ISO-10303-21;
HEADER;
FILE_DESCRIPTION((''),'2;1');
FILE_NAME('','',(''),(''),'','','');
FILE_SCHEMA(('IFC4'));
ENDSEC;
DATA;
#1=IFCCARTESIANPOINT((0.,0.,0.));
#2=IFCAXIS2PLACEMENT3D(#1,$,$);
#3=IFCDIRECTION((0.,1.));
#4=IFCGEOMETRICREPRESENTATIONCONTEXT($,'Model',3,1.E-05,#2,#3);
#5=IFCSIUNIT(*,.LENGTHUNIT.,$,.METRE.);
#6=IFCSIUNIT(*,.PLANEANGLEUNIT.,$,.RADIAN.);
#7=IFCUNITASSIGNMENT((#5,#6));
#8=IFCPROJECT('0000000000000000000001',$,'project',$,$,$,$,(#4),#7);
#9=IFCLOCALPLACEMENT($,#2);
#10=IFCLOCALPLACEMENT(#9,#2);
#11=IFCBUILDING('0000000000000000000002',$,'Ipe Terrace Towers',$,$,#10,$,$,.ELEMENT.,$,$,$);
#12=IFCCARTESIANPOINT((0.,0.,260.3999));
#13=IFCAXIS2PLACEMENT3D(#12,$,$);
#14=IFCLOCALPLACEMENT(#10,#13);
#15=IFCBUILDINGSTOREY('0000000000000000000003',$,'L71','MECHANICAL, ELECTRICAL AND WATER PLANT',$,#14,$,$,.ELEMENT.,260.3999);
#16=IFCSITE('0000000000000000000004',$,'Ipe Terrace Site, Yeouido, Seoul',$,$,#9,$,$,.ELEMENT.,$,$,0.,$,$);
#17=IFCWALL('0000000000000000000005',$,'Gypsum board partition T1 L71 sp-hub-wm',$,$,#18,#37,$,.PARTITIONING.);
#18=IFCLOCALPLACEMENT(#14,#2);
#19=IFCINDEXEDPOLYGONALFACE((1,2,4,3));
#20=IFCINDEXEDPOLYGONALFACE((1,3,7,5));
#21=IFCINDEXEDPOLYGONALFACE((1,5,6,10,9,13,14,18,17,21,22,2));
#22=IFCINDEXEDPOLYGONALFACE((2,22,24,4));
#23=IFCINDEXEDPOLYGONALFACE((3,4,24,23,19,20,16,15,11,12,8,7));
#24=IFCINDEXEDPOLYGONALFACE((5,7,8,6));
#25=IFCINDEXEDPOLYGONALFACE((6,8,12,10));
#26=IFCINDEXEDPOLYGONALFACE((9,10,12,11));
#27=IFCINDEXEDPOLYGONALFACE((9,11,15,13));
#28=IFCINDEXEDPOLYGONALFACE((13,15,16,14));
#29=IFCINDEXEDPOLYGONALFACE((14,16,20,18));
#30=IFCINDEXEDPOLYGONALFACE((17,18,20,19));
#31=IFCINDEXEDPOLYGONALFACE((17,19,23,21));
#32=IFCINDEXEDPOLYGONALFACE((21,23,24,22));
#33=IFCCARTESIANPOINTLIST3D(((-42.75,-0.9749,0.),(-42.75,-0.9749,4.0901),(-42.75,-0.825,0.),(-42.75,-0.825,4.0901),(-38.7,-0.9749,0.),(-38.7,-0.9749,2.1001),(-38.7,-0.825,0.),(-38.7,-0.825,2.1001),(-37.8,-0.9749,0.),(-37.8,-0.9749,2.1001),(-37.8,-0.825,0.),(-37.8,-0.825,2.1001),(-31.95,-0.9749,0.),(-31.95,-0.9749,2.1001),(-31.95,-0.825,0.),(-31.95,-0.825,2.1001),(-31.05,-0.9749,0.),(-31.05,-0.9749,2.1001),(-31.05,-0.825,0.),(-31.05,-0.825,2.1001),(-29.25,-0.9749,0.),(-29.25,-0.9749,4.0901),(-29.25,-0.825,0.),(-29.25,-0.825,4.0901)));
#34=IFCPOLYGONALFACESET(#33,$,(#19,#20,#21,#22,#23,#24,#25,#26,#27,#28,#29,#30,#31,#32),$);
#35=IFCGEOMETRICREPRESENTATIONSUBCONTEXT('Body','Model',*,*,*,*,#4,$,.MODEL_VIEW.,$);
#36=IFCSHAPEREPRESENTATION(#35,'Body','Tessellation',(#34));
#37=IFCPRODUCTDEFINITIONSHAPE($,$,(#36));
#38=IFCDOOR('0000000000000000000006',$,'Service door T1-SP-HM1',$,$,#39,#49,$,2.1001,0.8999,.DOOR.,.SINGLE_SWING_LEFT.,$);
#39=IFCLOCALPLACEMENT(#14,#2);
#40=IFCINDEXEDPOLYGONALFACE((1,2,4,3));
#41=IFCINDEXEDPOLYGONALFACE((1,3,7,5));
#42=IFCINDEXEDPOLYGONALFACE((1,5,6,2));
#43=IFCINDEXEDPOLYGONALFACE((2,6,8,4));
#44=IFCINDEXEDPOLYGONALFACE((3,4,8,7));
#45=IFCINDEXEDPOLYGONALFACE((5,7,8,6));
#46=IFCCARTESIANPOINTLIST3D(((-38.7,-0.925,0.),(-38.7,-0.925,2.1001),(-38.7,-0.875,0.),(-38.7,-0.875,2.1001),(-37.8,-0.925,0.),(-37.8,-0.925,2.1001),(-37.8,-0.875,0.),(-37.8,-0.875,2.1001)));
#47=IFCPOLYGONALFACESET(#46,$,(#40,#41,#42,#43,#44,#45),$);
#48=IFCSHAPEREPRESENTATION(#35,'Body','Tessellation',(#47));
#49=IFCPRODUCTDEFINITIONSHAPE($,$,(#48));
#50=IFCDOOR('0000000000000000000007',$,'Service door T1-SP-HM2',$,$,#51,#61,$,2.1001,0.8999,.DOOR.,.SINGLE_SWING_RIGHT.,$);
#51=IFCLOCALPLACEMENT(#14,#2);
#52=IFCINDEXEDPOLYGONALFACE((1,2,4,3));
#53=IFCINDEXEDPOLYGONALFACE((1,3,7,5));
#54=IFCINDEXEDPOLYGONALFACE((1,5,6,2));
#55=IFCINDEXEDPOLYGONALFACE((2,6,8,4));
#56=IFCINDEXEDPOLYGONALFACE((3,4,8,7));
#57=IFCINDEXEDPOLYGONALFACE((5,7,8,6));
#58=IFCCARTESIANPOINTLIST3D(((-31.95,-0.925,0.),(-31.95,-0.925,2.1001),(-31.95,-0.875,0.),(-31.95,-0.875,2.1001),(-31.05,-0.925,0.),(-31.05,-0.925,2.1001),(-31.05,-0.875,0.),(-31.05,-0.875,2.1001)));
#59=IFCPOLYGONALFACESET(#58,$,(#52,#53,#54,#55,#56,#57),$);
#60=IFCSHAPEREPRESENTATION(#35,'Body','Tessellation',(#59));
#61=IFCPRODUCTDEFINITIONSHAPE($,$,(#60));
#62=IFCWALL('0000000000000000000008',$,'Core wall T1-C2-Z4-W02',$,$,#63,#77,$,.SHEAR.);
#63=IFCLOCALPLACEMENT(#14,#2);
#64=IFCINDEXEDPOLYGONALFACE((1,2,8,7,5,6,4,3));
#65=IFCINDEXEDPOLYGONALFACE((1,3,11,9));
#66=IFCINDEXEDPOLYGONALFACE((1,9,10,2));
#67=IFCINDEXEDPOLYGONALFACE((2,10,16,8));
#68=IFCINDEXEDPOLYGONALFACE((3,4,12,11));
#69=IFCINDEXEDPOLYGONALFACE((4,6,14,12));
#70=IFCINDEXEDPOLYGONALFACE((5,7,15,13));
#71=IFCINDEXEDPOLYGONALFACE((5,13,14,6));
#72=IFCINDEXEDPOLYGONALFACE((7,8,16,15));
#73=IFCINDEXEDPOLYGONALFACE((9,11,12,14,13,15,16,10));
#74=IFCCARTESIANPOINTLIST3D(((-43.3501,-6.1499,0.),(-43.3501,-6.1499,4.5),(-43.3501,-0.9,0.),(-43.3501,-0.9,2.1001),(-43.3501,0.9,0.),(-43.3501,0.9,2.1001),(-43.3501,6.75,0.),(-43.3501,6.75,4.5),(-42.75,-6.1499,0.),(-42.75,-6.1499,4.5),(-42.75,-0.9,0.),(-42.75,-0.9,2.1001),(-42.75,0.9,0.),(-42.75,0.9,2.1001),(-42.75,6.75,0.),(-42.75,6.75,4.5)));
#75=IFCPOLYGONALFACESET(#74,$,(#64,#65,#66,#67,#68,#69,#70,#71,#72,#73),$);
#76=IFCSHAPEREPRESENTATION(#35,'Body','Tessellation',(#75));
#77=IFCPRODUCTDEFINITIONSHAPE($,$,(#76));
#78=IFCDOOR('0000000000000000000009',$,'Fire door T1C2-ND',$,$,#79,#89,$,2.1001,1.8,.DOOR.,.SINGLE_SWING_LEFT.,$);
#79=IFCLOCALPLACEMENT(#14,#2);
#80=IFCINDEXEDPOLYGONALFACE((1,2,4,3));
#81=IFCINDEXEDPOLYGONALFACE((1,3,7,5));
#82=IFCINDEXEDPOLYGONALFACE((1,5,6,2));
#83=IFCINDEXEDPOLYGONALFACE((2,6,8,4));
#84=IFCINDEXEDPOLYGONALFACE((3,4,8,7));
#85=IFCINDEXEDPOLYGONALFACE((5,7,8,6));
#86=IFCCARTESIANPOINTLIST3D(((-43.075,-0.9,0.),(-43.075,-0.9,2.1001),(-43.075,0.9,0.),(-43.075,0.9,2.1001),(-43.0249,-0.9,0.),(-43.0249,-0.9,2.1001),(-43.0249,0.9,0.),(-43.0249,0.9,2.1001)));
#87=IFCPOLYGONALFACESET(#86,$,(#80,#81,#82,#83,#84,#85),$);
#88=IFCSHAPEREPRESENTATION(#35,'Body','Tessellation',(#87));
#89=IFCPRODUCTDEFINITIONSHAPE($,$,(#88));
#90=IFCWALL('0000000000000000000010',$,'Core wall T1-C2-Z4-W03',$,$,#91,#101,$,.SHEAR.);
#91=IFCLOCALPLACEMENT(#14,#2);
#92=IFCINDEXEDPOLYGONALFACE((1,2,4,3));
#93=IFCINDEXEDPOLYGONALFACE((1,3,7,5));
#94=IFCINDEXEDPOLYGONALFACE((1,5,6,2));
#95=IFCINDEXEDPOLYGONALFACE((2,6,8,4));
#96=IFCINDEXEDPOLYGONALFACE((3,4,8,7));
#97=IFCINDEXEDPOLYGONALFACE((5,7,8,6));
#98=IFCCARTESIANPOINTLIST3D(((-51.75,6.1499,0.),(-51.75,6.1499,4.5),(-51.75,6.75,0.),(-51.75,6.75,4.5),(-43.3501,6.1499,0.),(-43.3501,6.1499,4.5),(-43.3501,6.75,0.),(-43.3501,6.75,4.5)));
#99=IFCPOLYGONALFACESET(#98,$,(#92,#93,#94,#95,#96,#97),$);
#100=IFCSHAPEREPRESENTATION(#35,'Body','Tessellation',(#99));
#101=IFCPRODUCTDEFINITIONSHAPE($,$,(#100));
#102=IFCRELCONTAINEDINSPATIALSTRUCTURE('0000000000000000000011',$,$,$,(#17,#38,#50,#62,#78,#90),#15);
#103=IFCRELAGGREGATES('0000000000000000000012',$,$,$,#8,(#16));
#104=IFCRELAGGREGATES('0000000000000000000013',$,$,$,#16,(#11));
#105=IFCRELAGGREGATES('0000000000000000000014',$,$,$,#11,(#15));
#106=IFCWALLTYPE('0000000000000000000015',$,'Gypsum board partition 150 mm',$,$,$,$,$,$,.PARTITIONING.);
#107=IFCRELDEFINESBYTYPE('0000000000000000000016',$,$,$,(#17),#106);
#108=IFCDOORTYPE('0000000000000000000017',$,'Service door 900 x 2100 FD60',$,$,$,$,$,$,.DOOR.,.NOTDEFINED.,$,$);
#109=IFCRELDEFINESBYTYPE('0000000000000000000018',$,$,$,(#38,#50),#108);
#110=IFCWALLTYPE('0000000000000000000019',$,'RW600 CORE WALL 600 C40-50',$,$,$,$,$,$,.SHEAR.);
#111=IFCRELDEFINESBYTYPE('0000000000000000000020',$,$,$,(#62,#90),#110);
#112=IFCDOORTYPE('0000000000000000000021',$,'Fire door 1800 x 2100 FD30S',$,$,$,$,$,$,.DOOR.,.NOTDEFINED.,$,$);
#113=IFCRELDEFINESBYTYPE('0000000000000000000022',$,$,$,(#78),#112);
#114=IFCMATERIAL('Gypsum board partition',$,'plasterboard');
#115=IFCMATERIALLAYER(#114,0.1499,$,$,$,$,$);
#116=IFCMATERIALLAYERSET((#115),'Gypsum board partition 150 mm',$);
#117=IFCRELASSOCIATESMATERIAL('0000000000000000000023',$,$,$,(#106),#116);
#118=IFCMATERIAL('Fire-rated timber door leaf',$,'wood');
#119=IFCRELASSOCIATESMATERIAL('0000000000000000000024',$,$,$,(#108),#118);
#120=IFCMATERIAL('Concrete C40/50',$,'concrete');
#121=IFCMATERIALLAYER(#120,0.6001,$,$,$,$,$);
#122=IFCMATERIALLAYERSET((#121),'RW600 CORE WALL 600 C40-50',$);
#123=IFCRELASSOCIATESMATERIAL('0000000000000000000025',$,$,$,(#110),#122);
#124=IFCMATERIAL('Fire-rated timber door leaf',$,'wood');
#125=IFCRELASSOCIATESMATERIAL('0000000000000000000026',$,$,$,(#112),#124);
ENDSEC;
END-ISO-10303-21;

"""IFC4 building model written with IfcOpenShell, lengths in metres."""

from ifc_helpers import new_model, si_unit, direction, frame, frame_2d, origin, place, context, subcontext, project, spatial, rectangle, extrude, material, layer, layer_set, type_object, element, fill, save


model = new_model("IFC4")

# Units and contexts
model_context = context("Model", 3, precision=1e-05, world=origin(), true_north=direction((0.0, 1.0)))
body_context = subcontext(model_context, "Body", "Model", "MODEL_VIEW")
ifc_project = project(units=[si_unit("LENGTHUNIT", "METRE"), si_unit("PLANEANGLEUNIT", "RADIAN")], contexts=[model_context])

# Site, building, storey
site_placement = place(None, origin())
site = spatial("IfcSite", under=ifc_project, at=site_placement, Name="Ipe Terrace Site, Yeouido, Seoul", CompositionType="ELEMENT", RefElevation=0.0)
building_placement = place(site_placement, origin())
building = spatial("IfcBuilding", under=site, at=building_placement, Name="Ipe Terrace Towers", CompositionType="ELEMENT")
storey_placement = place(building_placement, frame((0.0, 0.0, 260.3999)))
storey = spatial("IfcBuildingStorey", under=building, at=storey_placement, Name="L71", Description="MECHANICAL, ELECTRICAL AND WATER PLANT", CompositionType="ELEMENT", Elevation=260.3999)

# Wall, openings, doors
ifc_material_1 = material(Name="Gypsum board partition", Category="plasterboard")
ifc_layer_1 = layer(ifc_material_1, 0.1499)
ifc_layer_set_1 = layer_set([ifc_layer_1], Name="Gypsum board partition 150 mm")
wall_type_1 = type_object("IfcWallType", Name="Gypsum board partition 150 mm", PredefinedType="PARTITIONING", material=ifc_layer_set_1)
ifc_material_2 = material(Name="Fire-rated timber door leaf", Category="wood")
door_type_1 = type_object("IfcDoorType", Name="Service door 900 x 2100 FD60", OperationType="NOTDEFINED", PredefinedType="DOOR", material=ifc_material_2)
wall_1_placement = place(storey_placement, frame((-42.75, -0.8999, 0.0), z_axis=(0.0, 0.0, 1.0), x_axis=(1.0, 0.0, 0.0)))
wall_1 = element("IfcWall", 1, at=wall_1_placement, inside=storey, type_object=wall_type_1, Name="Gypsum board partition T1 L71 sp-hub-wm", PredefinedType="PARTITIONING", context=body_context, shape_type="SweptSolid", body=[
    extrude(rectangle(XDim=13.5, YDim=0.1499, at=frame_2d((6.75, 0.0))), origin(), (0.0, 0.0, 1.0), 4.0901),
])
opening_1_placement = place(wall_1_placement, frame((4.05, 0.0, 0.0)))
opening_1 = element("IfcOpeningElement", 2, at=opening_1_placement, cuts=wall_1, PredefinedType="OPENING", context=body_context, shape_type="SweptSolid", body=[
    extrude(rectangle(XDim=0.8999, YDim=2.1001, at=frame_2d((0.45, 1.05))), frame((0.0, 0.085, 0.0), z_axis=(0.0, -1.0, 0.0), x_axis=(1.0, 0.0, 0.0)), (0.0, 0.0, 1.0), 0.1699),
])
opening_2_placement = place(wall_1_placement, frame((10.8, 0.0, 0.0)))
opening_2 = element("IfcOpeningElement", 3, at=opening_2_placement, cuts=wall_1, PredefinedType="OPENING", context=body_context, shape_type="SweptSolid", body=[
    extrude(rectangle(XDim=0.8999, YDim=2.1001, at=frame_2d((0.45, 1.05))), frame((0.0, 0.085, 0.0), z_axis=(0.0, -1.0, 0.0), x_axis=(1.0, 0.0, 0.0)), (0.0, 0.0, 1.0), 0.1699),
])
door_1_placement = place(opening_1_placement, origin())
door_1 = element("IfcDoor", 4, at=door_1_placement, inside=storey, type_object=door_type_1, Name="Service door T1-SP-HM1", OperationType="SINGLE_SWING_LEFT", OverallHeight=2.1001, OverallWidth=0.8999, PredefinedType="DOOR", context=body_context, shape_type="SweptSolid", body=[
    extrude(rectangle(XDim=0.8999, YDim=2.1001, at=frame_2d((0.45, 1.05))), frame((0.0, 0.0249, 0.0), z_axis=(0.0, -1.0, 0.0), x_axis=(1.0, 0.0, 0.0)), (0.0, 0.0, 1.0), 0.05),
])
fill(opening_1, door_1)
door_2_placement = place(opening_2_placement, origin())
door_2 = element("IfcDoor", 5, at=door_2_placement, inside=storey, type_object=door_type_1, Name="Service door T1-SP-HM2", OperationType="SINGLE_SWING_RIGHT", OverallHeight=2.1001, OverallWidth=0.8999, PredefinedType="DOOR", context=body_context, shape_type="SweptSolid", body=[
    extrude(rectangle(XDim=0.8999, YDim=2.1001, at=frame_2d((0.45, 1.05))), frame((0.0, 0.0249, 0.0), z_axis=(0.0, -1.0, 0.0), x_axis=(1.0, 0.0, 0.0)), (0.0, 0.0, 1.0), 0.05),
])
fill(opening_2, door_2)

# Wall, opening, door
ifc_material_3 = material(Name="Concrete C40/50", Category="concrete")
ifc_layer_2 = layer(ifc_material_3, 0.6001)
ifc_layer_set_2 = layer_set([ifc_layer_2], Name="RW600 CORE WALL 600 C40-50")
wall_type_2 = type_object("IfcWallType", Name="RW600 CORE WALL 600 C40-50", PredefinedType="SHEAR", material=ifc_layer_set_2)
wall_2_placement = place(storey_placement, frame((-43.05, -6.1499, 0.0), z_axis=(0.0, 0.0, 1.0), x_axis=(0.0, 1.0, 0.0)))
wall_2 = element("IfcWall", 6, at=wall_2_placement, inside=storey, type_object=wall_type_2, Name="Core wall T1-C2-Z4-W02", PredefinedType="SHEAR", context=body_context, shape_type="SweptSolid", body=[
    extrude(rectangle(XDim=12.8999, YDim=0.6001, at=frame_2d((6.45, 0.0))), origin(), (0.0, 0.0, 1.0), 4.5),
])
opening_3_placement = place(wall_2_placement, frame((5.25, 0.0, 0.0)))
opening_3 = element("IfcOpeningElement", 7, at=opening_3_placement, cuts=wall_2, PredefinedType="OPENING", context=body_context, shape_type="SweptSolid", body=[
    extrude(rectangle(XDim=1.8, YDim=2.1001, at=frame_2d((0.8999, 1.05))), frame((0.0, 0.3101, 0.0), z_axis=(0.0, -1.0, 0.0), x_axis=(1.0, 0.0, 0.0)), (0.0, 0.0, 1.0), 0.6201),
])
ifc_material_4 = material(Name="Fire-rated timber door leaf", Category="wood")
door_type_2 = type_object("IfcDoorType", Name="Fire door 1800 x 2100 FD30S", OperationType="NOTDEFINED", PredefinedType="DOOR", material=ifc_material_4)
door_3_placement = place(opening_3_placement, origin())
door_3 = element("IfcDoor", 8, at=door_3_placement, inside=storey, type_object=door_type_2, Name="Fire door T1C2-ND", OperationType="SINGLE_SWING_LEFT", OverallHeight=2.1001, OverallWidth=1.8, PredefinedType="DOOR", context=body_context, shape_type="SweptSolid", body=[
    extrude(rectangle(XDim=1.8, YDim=2.1001, at=frame_2d((0.8999, 1.05))), frame((0.0, 0.0249, 0.0), z_axis=(0.0, -1.0, 0.0), x_axis=(1.0, 0.0, 0.0)), (0.0, 0.0, 1.0), 0.05),
])
fill(opening_3, door_3)

# Wall
wall_3_placement = place(storey_placement, frame((-43.3501, 6.45, 0.0), z_axis=(0.0, 0.0, 1.0), x_axis=(-1.0, 0.0, 0.0)))
element("IfcWall", 9, at=wall_3_placement, inside=storey, type_object=wall_type_2, Name="Core wall T1-C2-Z4-W03", PredefinedType="SHEAR", context=body_context, shape_type="SweptSolid", body=[
    extrude(rectangle(XDim=8.3999, YDim=0.6001, at=frame_2d((4.2, 0.0))), origin(), (0.0, 0.0, 1.0), 4.5),
])

save(model, "model.ifc")
